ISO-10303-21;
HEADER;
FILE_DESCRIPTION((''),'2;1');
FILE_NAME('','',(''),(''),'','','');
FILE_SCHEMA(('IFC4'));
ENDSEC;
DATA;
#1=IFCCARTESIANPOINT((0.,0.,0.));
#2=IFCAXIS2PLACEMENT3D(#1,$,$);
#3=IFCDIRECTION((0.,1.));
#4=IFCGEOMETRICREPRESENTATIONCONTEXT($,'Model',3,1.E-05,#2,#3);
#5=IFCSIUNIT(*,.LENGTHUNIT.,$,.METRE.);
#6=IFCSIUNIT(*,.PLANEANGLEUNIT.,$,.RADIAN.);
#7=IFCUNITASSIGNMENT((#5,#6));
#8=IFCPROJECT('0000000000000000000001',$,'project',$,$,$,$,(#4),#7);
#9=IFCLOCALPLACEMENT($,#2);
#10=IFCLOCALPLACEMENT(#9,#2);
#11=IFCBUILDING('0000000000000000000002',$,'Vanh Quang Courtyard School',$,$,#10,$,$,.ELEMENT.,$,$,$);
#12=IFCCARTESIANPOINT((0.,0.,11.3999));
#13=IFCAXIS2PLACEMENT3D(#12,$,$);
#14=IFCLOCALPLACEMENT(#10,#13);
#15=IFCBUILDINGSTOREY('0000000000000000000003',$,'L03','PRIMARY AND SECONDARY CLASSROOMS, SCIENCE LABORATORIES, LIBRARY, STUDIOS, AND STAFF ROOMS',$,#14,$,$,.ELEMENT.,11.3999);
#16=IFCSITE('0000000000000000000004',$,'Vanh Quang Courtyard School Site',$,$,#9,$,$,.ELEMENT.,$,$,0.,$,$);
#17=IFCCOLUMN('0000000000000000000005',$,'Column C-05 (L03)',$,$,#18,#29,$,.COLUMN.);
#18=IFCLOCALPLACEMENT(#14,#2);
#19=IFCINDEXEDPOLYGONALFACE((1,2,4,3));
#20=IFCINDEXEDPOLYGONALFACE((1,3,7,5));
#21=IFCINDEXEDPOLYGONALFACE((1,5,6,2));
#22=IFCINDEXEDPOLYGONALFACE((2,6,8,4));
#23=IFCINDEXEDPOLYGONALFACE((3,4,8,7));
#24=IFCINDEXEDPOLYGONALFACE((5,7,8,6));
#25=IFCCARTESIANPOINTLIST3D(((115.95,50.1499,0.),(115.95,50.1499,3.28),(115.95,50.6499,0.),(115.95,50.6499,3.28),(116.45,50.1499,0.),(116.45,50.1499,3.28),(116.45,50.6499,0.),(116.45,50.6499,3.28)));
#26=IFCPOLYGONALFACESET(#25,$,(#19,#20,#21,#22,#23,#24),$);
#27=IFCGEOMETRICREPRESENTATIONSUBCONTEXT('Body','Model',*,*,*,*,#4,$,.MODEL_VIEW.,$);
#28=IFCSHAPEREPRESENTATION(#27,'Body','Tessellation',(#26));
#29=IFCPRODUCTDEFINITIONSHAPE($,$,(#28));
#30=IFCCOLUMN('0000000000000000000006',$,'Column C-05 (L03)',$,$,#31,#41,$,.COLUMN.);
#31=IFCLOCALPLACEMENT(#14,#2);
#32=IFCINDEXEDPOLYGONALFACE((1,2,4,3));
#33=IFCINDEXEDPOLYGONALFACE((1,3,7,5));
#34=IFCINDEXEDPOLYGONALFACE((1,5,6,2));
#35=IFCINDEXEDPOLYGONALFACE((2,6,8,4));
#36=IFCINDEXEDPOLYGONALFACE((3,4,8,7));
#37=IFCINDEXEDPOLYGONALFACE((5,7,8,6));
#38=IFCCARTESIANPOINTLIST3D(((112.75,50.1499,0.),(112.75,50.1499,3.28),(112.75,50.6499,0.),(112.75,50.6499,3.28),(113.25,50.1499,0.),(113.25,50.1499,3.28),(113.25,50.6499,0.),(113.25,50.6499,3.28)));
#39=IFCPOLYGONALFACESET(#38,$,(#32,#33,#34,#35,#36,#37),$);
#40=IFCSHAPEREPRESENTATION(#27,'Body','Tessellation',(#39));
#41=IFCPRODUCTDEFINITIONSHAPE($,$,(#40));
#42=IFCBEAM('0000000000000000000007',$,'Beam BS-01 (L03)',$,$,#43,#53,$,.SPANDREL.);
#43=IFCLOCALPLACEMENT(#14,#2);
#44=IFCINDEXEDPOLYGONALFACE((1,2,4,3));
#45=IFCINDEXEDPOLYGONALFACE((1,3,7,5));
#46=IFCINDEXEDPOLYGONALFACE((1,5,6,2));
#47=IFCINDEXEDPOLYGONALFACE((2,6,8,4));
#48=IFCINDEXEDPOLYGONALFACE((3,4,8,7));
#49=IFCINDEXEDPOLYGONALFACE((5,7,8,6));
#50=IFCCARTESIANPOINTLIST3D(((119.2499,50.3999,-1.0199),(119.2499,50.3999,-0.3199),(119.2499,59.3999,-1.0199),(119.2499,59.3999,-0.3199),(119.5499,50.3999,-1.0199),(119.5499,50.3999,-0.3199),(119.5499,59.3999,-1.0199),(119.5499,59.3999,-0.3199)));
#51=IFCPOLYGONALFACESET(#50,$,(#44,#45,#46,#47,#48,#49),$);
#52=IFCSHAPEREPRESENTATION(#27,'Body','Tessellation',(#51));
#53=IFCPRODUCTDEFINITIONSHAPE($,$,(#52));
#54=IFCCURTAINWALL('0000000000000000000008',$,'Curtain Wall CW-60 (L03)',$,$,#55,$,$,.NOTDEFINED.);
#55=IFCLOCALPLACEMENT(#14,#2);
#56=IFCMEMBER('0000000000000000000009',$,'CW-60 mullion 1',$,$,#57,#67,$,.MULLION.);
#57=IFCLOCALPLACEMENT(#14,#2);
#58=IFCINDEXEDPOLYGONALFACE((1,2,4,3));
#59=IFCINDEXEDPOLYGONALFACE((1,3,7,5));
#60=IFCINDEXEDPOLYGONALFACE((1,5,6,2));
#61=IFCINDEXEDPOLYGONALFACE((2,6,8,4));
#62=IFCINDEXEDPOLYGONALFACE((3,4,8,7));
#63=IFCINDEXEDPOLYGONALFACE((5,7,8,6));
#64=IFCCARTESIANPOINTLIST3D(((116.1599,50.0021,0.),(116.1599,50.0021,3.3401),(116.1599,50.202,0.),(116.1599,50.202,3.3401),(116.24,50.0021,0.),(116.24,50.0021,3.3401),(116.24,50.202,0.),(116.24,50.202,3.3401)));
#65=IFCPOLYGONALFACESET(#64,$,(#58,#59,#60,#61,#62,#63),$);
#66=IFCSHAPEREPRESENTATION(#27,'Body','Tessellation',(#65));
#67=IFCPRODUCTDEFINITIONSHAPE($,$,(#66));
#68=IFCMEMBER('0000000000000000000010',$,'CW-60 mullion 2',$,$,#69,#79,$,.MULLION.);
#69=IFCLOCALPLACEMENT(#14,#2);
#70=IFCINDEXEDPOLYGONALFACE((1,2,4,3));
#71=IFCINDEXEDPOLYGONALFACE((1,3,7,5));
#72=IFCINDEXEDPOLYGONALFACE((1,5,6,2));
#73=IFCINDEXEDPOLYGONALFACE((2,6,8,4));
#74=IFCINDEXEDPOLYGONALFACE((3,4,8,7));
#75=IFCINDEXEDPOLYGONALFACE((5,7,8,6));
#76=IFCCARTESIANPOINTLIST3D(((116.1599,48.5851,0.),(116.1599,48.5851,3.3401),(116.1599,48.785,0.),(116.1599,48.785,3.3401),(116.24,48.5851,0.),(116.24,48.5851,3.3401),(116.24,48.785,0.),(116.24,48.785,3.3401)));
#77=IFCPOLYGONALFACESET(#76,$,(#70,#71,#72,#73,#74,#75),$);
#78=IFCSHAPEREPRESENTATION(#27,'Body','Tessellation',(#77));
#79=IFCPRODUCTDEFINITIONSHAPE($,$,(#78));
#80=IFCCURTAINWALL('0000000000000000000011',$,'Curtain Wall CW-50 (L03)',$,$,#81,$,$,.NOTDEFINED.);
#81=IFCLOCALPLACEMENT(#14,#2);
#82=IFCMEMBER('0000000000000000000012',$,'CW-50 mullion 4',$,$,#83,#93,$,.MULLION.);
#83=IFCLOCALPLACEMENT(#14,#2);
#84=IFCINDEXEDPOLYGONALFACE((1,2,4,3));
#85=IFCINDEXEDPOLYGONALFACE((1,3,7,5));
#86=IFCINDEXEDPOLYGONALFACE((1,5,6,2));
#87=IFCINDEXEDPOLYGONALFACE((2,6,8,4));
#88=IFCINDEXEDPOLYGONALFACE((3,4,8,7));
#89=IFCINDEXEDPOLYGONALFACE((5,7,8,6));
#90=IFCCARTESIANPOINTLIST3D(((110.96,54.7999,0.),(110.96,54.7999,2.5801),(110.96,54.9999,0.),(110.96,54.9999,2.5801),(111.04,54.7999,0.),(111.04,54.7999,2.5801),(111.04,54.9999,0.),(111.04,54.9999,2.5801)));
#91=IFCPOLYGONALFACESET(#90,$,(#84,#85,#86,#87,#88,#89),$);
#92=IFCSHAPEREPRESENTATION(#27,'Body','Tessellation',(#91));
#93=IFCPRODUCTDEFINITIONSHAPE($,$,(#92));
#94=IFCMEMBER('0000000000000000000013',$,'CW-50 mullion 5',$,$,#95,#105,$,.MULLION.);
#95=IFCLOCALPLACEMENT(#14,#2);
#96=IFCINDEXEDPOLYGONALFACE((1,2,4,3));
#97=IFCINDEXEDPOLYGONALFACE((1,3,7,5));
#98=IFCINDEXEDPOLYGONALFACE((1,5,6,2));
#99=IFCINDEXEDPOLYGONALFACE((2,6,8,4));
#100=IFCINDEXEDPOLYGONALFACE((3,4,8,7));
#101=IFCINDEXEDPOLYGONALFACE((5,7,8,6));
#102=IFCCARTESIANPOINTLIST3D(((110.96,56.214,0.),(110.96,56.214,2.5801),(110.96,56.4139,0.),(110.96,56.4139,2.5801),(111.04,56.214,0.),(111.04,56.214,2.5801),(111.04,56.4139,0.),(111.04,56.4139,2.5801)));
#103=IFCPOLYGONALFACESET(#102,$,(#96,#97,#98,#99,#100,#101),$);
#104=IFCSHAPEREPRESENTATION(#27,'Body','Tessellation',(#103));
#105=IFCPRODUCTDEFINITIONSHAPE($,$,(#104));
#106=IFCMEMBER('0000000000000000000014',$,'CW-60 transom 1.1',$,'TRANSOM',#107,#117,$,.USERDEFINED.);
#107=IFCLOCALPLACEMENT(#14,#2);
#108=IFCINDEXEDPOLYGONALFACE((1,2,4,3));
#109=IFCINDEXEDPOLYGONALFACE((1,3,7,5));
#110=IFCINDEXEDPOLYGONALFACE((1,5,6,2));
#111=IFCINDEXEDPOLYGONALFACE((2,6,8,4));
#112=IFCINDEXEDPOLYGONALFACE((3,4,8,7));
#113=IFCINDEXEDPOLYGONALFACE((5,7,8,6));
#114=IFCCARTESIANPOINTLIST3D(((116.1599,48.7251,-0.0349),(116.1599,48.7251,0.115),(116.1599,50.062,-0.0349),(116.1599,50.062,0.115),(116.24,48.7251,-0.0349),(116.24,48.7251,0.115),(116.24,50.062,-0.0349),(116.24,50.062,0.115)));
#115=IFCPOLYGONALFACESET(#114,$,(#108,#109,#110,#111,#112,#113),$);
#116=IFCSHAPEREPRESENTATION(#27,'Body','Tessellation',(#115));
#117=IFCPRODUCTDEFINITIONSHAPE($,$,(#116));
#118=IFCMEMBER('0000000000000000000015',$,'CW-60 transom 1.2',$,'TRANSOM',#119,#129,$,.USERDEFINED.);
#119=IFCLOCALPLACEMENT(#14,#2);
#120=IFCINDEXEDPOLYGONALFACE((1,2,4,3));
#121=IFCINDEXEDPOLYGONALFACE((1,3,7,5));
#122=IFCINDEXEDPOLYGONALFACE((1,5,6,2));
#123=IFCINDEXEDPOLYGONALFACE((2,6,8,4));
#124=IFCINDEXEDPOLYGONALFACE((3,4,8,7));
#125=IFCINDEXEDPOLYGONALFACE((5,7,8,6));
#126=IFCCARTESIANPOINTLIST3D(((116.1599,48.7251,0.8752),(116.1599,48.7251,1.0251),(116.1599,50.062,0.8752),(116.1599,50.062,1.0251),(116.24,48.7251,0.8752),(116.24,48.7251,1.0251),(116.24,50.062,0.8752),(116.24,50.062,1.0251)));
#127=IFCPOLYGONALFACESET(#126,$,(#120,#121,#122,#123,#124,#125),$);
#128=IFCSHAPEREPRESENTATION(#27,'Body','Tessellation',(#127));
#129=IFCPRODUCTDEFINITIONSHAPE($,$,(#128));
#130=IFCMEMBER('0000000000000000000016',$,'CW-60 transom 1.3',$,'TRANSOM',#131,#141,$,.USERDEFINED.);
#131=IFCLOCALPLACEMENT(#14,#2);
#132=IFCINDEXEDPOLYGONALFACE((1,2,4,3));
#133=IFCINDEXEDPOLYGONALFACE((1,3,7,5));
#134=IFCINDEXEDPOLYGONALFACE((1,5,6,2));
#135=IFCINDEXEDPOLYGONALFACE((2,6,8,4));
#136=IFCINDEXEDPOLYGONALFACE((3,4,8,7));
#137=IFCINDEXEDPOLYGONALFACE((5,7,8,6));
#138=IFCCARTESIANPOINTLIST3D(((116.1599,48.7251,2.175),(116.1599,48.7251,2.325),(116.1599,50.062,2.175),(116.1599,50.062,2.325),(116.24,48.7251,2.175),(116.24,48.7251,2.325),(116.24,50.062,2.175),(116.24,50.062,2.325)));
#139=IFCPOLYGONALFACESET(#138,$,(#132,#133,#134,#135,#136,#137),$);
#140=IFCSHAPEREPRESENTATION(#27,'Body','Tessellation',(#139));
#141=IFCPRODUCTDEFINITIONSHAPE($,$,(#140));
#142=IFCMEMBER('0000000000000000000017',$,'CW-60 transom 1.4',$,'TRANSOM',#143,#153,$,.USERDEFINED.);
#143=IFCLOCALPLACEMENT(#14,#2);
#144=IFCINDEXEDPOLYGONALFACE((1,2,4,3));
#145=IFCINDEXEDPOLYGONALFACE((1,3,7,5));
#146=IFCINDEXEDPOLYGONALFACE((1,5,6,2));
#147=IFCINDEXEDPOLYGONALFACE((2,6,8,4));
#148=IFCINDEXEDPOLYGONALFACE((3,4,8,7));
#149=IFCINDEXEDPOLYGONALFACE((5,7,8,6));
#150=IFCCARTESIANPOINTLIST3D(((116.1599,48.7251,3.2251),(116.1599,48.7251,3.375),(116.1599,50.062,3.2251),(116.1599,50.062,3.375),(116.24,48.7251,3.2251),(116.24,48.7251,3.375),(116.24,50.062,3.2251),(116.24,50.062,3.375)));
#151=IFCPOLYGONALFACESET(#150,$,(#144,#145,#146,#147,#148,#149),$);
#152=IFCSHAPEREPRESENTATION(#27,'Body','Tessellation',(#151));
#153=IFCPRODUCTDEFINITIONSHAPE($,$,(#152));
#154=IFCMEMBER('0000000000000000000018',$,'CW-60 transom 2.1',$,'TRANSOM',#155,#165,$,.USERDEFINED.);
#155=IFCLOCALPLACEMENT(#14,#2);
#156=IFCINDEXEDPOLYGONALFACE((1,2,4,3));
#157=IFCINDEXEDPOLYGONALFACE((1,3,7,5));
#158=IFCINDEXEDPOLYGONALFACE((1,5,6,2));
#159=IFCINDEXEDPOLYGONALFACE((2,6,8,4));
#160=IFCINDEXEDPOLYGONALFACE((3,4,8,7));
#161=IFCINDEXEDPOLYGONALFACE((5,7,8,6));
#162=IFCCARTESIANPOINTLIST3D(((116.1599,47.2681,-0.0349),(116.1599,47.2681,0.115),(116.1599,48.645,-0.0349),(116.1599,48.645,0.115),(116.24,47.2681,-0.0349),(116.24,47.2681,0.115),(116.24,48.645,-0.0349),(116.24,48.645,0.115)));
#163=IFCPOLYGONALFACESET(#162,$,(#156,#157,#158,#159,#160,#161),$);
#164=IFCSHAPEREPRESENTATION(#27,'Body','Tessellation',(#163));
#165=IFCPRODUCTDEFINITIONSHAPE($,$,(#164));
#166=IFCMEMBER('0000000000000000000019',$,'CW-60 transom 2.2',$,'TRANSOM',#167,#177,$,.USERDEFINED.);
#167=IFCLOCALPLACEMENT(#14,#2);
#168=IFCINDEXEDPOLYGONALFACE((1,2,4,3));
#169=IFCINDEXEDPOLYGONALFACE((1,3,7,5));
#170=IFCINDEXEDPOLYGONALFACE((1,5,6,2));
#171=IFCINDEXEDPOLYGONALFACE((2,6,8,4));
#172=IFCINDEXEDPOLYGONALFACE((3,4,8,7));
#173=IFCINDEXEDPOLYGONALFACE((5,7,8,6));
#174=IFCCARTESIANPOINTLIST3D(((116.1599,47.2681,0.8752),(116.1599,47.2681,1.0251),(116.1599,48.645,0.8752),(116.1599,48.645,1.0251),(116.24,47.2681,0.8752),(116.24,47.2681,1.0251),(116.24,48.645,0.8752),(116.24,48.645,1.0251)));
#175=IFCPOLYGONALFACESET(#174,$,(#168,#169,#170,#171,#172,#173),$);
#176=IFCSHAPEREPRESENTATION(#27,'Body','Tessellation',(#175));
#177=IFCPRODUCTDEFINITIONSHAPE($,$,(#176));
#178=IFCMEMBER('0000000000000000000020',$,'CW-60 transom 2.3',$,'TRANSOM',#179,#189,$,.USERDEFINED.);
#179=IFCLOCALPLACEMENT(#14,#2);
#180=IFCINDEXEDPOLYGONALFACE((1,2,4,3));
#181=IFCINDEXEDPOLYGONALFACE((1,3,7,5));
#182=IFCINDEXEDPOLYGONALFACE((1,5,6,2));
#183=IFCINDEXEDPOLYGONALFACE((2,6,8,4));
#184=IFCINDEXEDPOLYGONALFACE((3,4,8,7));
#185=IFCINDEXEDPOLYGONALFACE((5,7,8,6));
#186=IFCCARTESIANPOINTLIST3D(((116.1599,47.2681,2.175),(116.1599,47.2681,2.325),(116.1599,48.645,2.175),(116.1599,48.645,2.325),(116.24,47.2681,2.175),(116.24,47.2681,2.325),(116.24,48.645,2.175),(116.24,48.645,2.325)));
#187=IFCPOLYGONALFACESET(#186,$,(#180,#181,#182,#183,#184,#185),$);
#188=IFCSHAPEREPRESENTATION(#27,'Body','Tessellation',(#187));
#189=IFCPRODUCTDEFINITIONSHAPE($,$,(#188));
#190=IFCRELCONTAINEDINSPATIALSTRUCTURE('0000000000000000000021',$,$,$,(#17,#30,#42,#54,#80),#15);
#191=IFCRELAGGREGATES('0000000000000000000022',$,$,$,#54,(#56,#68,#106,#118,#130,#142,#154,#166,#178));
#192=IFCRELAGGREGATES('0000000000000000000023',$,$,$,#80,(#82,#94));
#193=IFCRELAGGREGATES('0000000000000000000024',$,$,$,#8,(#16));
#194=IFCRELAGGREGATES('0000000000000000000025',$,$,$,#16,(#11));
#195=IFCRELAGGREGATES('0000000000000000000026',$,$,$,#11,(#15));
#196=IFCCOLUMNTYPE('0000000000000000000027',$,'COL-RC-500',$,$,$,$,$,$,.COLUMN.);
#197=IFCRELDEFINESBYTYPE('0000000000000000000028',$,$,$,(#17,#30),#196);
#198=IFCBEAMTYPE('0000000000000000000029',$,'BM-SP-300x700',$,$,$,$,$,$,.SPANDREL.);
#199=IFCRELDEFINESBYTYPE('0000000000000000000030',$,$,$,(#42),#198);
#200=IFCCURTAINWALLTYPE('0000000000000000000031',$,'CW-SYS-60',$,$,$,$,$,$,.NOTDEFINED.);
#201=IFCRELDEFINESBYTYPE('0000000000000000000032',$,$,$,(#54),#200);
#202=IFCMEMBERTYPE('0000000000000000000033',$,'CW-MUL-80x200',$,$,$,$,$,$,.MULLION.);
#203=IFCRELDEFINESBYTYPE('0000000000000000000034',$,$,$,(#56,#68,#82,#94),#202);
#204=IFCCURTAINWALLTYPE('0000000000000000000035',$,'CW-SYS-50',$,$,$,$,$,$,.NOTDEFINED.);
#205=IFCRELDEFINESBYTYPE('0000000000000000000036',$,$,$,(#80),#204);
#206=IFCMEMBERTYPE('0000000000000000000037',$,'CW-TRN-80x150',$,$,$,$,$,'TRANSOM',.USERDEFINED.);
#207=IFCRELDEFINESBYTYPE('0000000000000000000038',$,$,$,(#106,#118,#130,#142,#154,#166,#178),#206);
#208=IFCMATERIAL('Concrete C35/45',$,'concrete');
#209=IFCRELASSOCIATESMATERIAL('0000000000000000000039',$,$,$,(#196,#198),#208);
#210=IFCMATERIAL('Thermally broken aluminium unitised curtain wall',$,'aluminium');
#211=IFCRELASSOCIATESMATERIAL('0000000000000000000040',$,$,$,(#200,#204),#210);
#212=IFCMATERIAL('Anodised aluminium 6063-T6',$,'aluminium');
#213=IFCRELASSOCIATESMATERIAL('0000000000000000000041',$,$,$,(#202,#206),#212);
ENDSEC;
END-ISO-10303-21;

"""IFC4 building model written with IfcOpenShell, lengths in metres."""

from ifc_helpers import new_model, si_unit, direction, frame, origin, origin_2d, place, context, subcontext, project, spatial, rectangle, extrude, material, material_profile, profile_set, type_object, element, aggregate, save


model = new_model("IFC4")

# Units and contexts
model_context = context("Model", 3, precision=1e-05, world=origin(), true_north=direction((0.0, 1.0)))
body_context = subcontext(model_context, "Body", "Model", "MODEL_VIEW")
ifc_project = project(units=[si_unit("LENGTHUNIT", "METRE"), si_unit("PLANEANGLEUNIT", "RADIAN")], contexts=[model_context])

# Site, building, storey
site_placement = place(None, origin())
site = spatial("IfcSite", under=ifc_project, at=site_placement, Name="Vanh Quang Courtyard School Site", CompositionType="ELEMENT", RefElevation=0.0)
building_placement = place(site_placement, origin())
building = spatial("IfcBuilding", under=site, at=building_placement, Name="Vanh Quang Courtyard School", CompositionType="ELEMENT")
storey_placement = place(building_placement, frame((0.0, 0.0, 11.3999)))
storey = spatial("IfcBuildingStorey", under=building, at=storey_placement, Name="L03", Description="PRIMARY AND SECONDARY CLASSROOMS, SCIENCE LABORATORIES, LIBRARY, STUDIOS, AND STAFF ROOMS", CompositionType="ELEMENT", Elevation=11.3999)

# Columns
ifc_material_1 = material(Name="Concrete C35/45", Category="concrete")
ifc_material_profile_1 = material_profile(ifc_material_1, rectangle(XDim=0.5, YDim=0.5, at=origin_2d()), Name="RC-COL 500x500")
ifc_profile_set_1 = profile_set([ifc_material_profile_1], Name="Concrete C35/45")
column_type = type_object("IfcColumnType", Name="COL-RC-500", PredefinedType="COLUMN", material=ifc_profile_set_1)
for number, where, z_axis, x_axis, name in (
    (1, (116.2, 50.3999, 0.0), (0.0, 0.0, 1.0), (1.0, 0.0, 0.0), "Column C-05 (L03)"),
    (2, (113.0, 50.3999, 0.0), (0.0, 0.0, 1.0), (1.0, 0.0, 0.0), "Column C-05 (L03)"),
):
    element("IfcColumn", number, at=place(storey_placement, frame(where, z_axis=z_axis, x_axis=x_axis)), inside=storey, type_object=column_type, Name=name, PredefinedType="COLUMN", context=body_context, shape_type="SweptSolid", body=[
        extrude(rectangle(XDim=0.5, YDim=0.5, at=origin_2d()), origin(), (0.0, 0.0, 1.0), 3.28),
    ])

# Beam
ifc_material_profile_2 = material_profile(ifc_material_1, rectangle(XDim=0.3, YDim=0.7, at=origin_2d()), Name="RC-SP 300x700")
ifc_profile_set_2 = profile_set([ifc_material_profile_2], Name="Concrete C35/45")
beam_type_1 = type_object("IfcBeamType", Name="BM-SP-300x700", PredefinedType="SPANDREL", material=ifc_profile_set_2)
beam_1_placement = place(storey_placement, frame((119.3999, 50.3999, -0.6699), z_axis=(0.0, 1.0, 0.0), x_axis=(-1.0, 0.0, 0.0)))
element("IfcBeam", 3, at=beam_1_placement, inside=storey, type_object=beam_type_1, Name="Beam BS-01 (L03)", PredefinedType="SPANDREL", context=body_context, shape_type="SweptSolid", body=[
    extrude(rectangle(XDim=0.3, YDim=0.7, at=origin_2d()), origin(), (0.0, 0.0, 1.0), 9.0),
])

# Curtain walls, members
ifc_material_2 = material(Name="Thermally broken aluminium unitised curtain wall", Category="aluminium")
curtain_wall_type_1 = type_object("IfcCurtainWallType", Name="CW-SYS-60", PredefinedType="NOTDEFINED", material=ifc_material_2)
curtain_wall_1_placement = place(storey_placement, origin())
curtain_wall_1 = element("IfcCurtainWall", 4, at=curtain_wall_1_placement, inside=storey, type_object=curtain_wall_type_1, Name="Curtain Wall CW-60 (L03)", PredefinedType="NOTDEFINED")
ifc_material_3 = material(Name="Anodised aluminium 6063-T6", Category="aluminium")
ifc_material_profile_3 = material_profile(ifc_material_3, rectangle(XDim=0.0801, YDim=0.2, at=origin_2d()), Name="ALU-MUL 80x200")
ifc_profile_set_3 = profile_set([ifc_material_profile_3], Name="Anodised aluminium 6063-T6")
member_type_1 = type_object("IfcMemberType", Name="CW-MUL-80x200", PredefinedType="MULLION", material=ifc_profile_set_3)
member_1_placement = place(storey_placement, frame((116.2, 50.1021, 0.0), z_axis=(0.0, 0.0, 1.0), x_axis=(1.0, 0.0, 0.0)))
member_1 = element("IfcMember", 5, at=member_1_placement, type_object=member_type_1, Name="CW-60 mullion 1", PredefinedType="MULLION", context=body_context, shape_type="SweptSolid", body=[
    extrude(rectangle(XDim=0.0801, YDim=0.2, at=origin_2d()), origin(), (0.0, 0.0, 1.0), 3.3401),
])
member_2_placement = place(storey_placement, frame((116.2, 48.6851, 0.0), z_axis=(0.0, 0.0, 1.0), x_axis=(1.0, 0.0, 0.0)))
member_2 = element("IfcMember", 6, at=member_2_placement, type_object=member_type_1, Name="CW-60 mullion 2", PredefinedType="MULLION", context=body_context, shape_type="SweptSolid", body=[
    extrude(rectangle(XDim=0.0801, YDim=0.2, at=origin_2d()), origin(), (0.0, 0.0, 1.0), 3.3401),
])
curtain_wall_type_2 = type_object("IfcCurtainWallType", Name="CW-SYS-50", PredefinedType="NOTDEFINED", material=ifc_material_2)
curtain_wall_2_placement = place(storey_placement, origin())
curtain_wall_2 = element("IfcCurtainWall", 7, at=curtain_wall_2_placement, inside=storey, type_object=curtain_wall_type_2, Name="Curtain Wall CW-50 (L03)", PredefinedType="NOTDEFINED")
member_3_placement = place(storey_placement, frame((111.0, 54.8999, 0.0), z_axis=(0.0, 0.0, 1.0), x_axis=(-1.0, 0.0, 0.0)))
member_3 = element("IfcMember", 8, at=member_3_placement, type_object=member_type_1, Name="CW-50 mullion 4", PredefinedType="MULLION", context=body_context, shape_type="SweptSolid", body=[
    extrude(rectangle(XDim=0.0801, YDim=0.2, at=origin_2d()), origin(), (0.0, 0.0, 1.0), 2.5801),
])
member_4_placement = place(storey_placement, frame((111.0, 56.314, 0.0), z_axis=(0.0, 0.0, 1.0), x_axis=(-1.0, 0.0, 0.0)))
member_4 = element("IfcMember", 9, at=member_4_placement, type_object=member_type_1, Name="CW-50 mullion 5", PredefinedType="MULLION", context=body_context, shape_type="SweptSolid", body=[
    extrude(rectangle(XDim=0.0801, YDim=0.2, at=origin_2d()), origin(), (0.0, 0.0, 1.0), 2.5801),
])

# Members
ifc_material_profile_4 = material_profile(ifc_material_3, rectangle(XDim=0.0801, YDim=0.1499, at=origin_2d()), Name="ALU-TRN 80x150")
ifc_profile_set_4 = profile_set([ifc_material_profile_4], Name="Anodised aluminium 6063-T6")
member_type_2 = type_object("IfcMemberType", Name="CW-TRN-80x150", ElementType="TRANSOM", PredefinedType="USERDEFINED", material=ifc_profile_set_4)
member_5_placement = place(storey_placement, frame((116.2, 50.062, 0.04), z_axis=(0.0, -1.0, 0.0), x_axis=(1.0, 0.0, 0.0)))
member_5 = element("IfcMember", 10, at=member_5_placement, type_object=member_type_2, Name="CW-60 transom 1.1", ObjectType="TRANSOM", PredefinedType="USERDEFINED", context=body_context, shape_type="SweptSolid", body=[
    extrude(rectangle(XDim=0.0801, YDim=0.1499, at=origin_2d()), origin(), (0.0, 0.0, 1.0), 1.3369),
])
member_6_placement = place(storey_placement, frame((116.2, 50.062, 0.9502), z_axis=(0.0, -1.0, 0.0), x_axis=(1.0, 0.0, 0.0)))
member_6 = element("IfcMember", 11, at=member_6_placement, type_object=member_type_2, Name="CW-60 transom 1.2", ObjectType="TRANSOM", PredefinedType="USERDEFINED", context=body_context, shape_type="SweptSolid", body=[
    extrude(rectangle(XDim=0.0801, YDim=0.1499, at=origin_2d()), origin(), (0.0, 0.0, 1.0), 1.3369),
])
member_7_placement = place(storey_placement, frame((116.2, 50.062, 2.25), z_axis=(0.0, -1.0, 0.0), x_axis=(1.0, 0.0, 0.0)))
member_7 = element("IfcMember", 12, at=member_7_placement, type_object=member_type_2, Name="CW-60 transom 1.3", ObjectType="TRANSOM", PredefinedType="USERDEFINED", context=body_context, shape_type="SweptSolid", body=[
    extrude(rectangle(XDim=0.0801, YDim=0.1499, at=origin_2d()), origin(), (0.0, 0.0, 1.0), 1.3369),
])
member_8_placement = place(storey_placement, frame((116.2, 50.062, 3.3), z_axis=(0.0, -1.0, 0.0), x_axis=(1.0, 0.0, 0.0)))
member_8 = element("IfcMember", 13, at=member_8_placement, type_object=member_type_2, Name="CW-60 transom 1.4", ObjectType="TRANSOM", PredefinedType="USERDEFINED", context=body_context, shape_type="SweptSolid", body=[
    extrude(rectangle(XDim=0.0801, YDim=0.1499, at=origin_2d()), origin(), (0.0, 0.0, 1.0), 1.3369),
])
member_9_placement = place(storey_placement, frame((116.2, 48.645, 0.04), z_axis=(0.0, -1.0, 0.0), x_axis=(1.0, 0.0, 0.0)))
member_9 = element("IfcMember", 14, at=member_9_placement, type_object=member_type_2, Name="CW-60 transom 2.1", ObjectType="TRANSOM", PredefinedType="USERDEFINED", context=body_context, shape_type="SweptSolid", body=[
    extrude(rectangle(XDim=0.0801, YDim=0.1499, at=origin_2d()), origin(), (0.0, 0.0, 1.0), 1.377),
])
member_10_placement = place(storey_placement, frame((116.2, 48.645, 0.9502), z_axis=(0.0, -1.0, 0.0), x_axis=(1.0, 0.0, 0.0)))
member_10 = element("IfcMember", 15, at=member_10_placement, type_object=member_type_2, Name="CW-60 transom 2.2", ObjectType="TRANSOM", PredefinedType="USERDEFINED", context=body_context, shape_type="SweptSolid", body=[
    extrude(rectangle(XDim=0.0801, YDim=0.1499, at=origin_2d()), origin(), (0.0, 0.0, 1.0), 1.377),
])
member_11_placement = place(storey_placement, frame((116.2, 48.645, 2.25), z_axis=(0.0, -1.0, 0.0), x_axis=(1.0, 0.0, 0.0)))
member_11 = element("IfcMember", 16, at=member_11_placement, type_object=member_type_2, Name="CW-60 transom 2.3", ObjectType="TRANSOM", PredefinedType="USERDEFINED", context=body_context, shape_type="SweptSolid", body=[
    extrude(rectangle(XDim=0.0801, YDim=0.1499, at=origin_2d()), origin(), (0.0, 0.0, 1.0), 1.377),
])

aggregate(curtain_wall_1, [member_1, member_2, member_5, member_6, member_7, member_8, member_9, member_10, member_11])
aggregate(curtain_wall_2, [member_3, member_4])

save(model, "model.ifc")
